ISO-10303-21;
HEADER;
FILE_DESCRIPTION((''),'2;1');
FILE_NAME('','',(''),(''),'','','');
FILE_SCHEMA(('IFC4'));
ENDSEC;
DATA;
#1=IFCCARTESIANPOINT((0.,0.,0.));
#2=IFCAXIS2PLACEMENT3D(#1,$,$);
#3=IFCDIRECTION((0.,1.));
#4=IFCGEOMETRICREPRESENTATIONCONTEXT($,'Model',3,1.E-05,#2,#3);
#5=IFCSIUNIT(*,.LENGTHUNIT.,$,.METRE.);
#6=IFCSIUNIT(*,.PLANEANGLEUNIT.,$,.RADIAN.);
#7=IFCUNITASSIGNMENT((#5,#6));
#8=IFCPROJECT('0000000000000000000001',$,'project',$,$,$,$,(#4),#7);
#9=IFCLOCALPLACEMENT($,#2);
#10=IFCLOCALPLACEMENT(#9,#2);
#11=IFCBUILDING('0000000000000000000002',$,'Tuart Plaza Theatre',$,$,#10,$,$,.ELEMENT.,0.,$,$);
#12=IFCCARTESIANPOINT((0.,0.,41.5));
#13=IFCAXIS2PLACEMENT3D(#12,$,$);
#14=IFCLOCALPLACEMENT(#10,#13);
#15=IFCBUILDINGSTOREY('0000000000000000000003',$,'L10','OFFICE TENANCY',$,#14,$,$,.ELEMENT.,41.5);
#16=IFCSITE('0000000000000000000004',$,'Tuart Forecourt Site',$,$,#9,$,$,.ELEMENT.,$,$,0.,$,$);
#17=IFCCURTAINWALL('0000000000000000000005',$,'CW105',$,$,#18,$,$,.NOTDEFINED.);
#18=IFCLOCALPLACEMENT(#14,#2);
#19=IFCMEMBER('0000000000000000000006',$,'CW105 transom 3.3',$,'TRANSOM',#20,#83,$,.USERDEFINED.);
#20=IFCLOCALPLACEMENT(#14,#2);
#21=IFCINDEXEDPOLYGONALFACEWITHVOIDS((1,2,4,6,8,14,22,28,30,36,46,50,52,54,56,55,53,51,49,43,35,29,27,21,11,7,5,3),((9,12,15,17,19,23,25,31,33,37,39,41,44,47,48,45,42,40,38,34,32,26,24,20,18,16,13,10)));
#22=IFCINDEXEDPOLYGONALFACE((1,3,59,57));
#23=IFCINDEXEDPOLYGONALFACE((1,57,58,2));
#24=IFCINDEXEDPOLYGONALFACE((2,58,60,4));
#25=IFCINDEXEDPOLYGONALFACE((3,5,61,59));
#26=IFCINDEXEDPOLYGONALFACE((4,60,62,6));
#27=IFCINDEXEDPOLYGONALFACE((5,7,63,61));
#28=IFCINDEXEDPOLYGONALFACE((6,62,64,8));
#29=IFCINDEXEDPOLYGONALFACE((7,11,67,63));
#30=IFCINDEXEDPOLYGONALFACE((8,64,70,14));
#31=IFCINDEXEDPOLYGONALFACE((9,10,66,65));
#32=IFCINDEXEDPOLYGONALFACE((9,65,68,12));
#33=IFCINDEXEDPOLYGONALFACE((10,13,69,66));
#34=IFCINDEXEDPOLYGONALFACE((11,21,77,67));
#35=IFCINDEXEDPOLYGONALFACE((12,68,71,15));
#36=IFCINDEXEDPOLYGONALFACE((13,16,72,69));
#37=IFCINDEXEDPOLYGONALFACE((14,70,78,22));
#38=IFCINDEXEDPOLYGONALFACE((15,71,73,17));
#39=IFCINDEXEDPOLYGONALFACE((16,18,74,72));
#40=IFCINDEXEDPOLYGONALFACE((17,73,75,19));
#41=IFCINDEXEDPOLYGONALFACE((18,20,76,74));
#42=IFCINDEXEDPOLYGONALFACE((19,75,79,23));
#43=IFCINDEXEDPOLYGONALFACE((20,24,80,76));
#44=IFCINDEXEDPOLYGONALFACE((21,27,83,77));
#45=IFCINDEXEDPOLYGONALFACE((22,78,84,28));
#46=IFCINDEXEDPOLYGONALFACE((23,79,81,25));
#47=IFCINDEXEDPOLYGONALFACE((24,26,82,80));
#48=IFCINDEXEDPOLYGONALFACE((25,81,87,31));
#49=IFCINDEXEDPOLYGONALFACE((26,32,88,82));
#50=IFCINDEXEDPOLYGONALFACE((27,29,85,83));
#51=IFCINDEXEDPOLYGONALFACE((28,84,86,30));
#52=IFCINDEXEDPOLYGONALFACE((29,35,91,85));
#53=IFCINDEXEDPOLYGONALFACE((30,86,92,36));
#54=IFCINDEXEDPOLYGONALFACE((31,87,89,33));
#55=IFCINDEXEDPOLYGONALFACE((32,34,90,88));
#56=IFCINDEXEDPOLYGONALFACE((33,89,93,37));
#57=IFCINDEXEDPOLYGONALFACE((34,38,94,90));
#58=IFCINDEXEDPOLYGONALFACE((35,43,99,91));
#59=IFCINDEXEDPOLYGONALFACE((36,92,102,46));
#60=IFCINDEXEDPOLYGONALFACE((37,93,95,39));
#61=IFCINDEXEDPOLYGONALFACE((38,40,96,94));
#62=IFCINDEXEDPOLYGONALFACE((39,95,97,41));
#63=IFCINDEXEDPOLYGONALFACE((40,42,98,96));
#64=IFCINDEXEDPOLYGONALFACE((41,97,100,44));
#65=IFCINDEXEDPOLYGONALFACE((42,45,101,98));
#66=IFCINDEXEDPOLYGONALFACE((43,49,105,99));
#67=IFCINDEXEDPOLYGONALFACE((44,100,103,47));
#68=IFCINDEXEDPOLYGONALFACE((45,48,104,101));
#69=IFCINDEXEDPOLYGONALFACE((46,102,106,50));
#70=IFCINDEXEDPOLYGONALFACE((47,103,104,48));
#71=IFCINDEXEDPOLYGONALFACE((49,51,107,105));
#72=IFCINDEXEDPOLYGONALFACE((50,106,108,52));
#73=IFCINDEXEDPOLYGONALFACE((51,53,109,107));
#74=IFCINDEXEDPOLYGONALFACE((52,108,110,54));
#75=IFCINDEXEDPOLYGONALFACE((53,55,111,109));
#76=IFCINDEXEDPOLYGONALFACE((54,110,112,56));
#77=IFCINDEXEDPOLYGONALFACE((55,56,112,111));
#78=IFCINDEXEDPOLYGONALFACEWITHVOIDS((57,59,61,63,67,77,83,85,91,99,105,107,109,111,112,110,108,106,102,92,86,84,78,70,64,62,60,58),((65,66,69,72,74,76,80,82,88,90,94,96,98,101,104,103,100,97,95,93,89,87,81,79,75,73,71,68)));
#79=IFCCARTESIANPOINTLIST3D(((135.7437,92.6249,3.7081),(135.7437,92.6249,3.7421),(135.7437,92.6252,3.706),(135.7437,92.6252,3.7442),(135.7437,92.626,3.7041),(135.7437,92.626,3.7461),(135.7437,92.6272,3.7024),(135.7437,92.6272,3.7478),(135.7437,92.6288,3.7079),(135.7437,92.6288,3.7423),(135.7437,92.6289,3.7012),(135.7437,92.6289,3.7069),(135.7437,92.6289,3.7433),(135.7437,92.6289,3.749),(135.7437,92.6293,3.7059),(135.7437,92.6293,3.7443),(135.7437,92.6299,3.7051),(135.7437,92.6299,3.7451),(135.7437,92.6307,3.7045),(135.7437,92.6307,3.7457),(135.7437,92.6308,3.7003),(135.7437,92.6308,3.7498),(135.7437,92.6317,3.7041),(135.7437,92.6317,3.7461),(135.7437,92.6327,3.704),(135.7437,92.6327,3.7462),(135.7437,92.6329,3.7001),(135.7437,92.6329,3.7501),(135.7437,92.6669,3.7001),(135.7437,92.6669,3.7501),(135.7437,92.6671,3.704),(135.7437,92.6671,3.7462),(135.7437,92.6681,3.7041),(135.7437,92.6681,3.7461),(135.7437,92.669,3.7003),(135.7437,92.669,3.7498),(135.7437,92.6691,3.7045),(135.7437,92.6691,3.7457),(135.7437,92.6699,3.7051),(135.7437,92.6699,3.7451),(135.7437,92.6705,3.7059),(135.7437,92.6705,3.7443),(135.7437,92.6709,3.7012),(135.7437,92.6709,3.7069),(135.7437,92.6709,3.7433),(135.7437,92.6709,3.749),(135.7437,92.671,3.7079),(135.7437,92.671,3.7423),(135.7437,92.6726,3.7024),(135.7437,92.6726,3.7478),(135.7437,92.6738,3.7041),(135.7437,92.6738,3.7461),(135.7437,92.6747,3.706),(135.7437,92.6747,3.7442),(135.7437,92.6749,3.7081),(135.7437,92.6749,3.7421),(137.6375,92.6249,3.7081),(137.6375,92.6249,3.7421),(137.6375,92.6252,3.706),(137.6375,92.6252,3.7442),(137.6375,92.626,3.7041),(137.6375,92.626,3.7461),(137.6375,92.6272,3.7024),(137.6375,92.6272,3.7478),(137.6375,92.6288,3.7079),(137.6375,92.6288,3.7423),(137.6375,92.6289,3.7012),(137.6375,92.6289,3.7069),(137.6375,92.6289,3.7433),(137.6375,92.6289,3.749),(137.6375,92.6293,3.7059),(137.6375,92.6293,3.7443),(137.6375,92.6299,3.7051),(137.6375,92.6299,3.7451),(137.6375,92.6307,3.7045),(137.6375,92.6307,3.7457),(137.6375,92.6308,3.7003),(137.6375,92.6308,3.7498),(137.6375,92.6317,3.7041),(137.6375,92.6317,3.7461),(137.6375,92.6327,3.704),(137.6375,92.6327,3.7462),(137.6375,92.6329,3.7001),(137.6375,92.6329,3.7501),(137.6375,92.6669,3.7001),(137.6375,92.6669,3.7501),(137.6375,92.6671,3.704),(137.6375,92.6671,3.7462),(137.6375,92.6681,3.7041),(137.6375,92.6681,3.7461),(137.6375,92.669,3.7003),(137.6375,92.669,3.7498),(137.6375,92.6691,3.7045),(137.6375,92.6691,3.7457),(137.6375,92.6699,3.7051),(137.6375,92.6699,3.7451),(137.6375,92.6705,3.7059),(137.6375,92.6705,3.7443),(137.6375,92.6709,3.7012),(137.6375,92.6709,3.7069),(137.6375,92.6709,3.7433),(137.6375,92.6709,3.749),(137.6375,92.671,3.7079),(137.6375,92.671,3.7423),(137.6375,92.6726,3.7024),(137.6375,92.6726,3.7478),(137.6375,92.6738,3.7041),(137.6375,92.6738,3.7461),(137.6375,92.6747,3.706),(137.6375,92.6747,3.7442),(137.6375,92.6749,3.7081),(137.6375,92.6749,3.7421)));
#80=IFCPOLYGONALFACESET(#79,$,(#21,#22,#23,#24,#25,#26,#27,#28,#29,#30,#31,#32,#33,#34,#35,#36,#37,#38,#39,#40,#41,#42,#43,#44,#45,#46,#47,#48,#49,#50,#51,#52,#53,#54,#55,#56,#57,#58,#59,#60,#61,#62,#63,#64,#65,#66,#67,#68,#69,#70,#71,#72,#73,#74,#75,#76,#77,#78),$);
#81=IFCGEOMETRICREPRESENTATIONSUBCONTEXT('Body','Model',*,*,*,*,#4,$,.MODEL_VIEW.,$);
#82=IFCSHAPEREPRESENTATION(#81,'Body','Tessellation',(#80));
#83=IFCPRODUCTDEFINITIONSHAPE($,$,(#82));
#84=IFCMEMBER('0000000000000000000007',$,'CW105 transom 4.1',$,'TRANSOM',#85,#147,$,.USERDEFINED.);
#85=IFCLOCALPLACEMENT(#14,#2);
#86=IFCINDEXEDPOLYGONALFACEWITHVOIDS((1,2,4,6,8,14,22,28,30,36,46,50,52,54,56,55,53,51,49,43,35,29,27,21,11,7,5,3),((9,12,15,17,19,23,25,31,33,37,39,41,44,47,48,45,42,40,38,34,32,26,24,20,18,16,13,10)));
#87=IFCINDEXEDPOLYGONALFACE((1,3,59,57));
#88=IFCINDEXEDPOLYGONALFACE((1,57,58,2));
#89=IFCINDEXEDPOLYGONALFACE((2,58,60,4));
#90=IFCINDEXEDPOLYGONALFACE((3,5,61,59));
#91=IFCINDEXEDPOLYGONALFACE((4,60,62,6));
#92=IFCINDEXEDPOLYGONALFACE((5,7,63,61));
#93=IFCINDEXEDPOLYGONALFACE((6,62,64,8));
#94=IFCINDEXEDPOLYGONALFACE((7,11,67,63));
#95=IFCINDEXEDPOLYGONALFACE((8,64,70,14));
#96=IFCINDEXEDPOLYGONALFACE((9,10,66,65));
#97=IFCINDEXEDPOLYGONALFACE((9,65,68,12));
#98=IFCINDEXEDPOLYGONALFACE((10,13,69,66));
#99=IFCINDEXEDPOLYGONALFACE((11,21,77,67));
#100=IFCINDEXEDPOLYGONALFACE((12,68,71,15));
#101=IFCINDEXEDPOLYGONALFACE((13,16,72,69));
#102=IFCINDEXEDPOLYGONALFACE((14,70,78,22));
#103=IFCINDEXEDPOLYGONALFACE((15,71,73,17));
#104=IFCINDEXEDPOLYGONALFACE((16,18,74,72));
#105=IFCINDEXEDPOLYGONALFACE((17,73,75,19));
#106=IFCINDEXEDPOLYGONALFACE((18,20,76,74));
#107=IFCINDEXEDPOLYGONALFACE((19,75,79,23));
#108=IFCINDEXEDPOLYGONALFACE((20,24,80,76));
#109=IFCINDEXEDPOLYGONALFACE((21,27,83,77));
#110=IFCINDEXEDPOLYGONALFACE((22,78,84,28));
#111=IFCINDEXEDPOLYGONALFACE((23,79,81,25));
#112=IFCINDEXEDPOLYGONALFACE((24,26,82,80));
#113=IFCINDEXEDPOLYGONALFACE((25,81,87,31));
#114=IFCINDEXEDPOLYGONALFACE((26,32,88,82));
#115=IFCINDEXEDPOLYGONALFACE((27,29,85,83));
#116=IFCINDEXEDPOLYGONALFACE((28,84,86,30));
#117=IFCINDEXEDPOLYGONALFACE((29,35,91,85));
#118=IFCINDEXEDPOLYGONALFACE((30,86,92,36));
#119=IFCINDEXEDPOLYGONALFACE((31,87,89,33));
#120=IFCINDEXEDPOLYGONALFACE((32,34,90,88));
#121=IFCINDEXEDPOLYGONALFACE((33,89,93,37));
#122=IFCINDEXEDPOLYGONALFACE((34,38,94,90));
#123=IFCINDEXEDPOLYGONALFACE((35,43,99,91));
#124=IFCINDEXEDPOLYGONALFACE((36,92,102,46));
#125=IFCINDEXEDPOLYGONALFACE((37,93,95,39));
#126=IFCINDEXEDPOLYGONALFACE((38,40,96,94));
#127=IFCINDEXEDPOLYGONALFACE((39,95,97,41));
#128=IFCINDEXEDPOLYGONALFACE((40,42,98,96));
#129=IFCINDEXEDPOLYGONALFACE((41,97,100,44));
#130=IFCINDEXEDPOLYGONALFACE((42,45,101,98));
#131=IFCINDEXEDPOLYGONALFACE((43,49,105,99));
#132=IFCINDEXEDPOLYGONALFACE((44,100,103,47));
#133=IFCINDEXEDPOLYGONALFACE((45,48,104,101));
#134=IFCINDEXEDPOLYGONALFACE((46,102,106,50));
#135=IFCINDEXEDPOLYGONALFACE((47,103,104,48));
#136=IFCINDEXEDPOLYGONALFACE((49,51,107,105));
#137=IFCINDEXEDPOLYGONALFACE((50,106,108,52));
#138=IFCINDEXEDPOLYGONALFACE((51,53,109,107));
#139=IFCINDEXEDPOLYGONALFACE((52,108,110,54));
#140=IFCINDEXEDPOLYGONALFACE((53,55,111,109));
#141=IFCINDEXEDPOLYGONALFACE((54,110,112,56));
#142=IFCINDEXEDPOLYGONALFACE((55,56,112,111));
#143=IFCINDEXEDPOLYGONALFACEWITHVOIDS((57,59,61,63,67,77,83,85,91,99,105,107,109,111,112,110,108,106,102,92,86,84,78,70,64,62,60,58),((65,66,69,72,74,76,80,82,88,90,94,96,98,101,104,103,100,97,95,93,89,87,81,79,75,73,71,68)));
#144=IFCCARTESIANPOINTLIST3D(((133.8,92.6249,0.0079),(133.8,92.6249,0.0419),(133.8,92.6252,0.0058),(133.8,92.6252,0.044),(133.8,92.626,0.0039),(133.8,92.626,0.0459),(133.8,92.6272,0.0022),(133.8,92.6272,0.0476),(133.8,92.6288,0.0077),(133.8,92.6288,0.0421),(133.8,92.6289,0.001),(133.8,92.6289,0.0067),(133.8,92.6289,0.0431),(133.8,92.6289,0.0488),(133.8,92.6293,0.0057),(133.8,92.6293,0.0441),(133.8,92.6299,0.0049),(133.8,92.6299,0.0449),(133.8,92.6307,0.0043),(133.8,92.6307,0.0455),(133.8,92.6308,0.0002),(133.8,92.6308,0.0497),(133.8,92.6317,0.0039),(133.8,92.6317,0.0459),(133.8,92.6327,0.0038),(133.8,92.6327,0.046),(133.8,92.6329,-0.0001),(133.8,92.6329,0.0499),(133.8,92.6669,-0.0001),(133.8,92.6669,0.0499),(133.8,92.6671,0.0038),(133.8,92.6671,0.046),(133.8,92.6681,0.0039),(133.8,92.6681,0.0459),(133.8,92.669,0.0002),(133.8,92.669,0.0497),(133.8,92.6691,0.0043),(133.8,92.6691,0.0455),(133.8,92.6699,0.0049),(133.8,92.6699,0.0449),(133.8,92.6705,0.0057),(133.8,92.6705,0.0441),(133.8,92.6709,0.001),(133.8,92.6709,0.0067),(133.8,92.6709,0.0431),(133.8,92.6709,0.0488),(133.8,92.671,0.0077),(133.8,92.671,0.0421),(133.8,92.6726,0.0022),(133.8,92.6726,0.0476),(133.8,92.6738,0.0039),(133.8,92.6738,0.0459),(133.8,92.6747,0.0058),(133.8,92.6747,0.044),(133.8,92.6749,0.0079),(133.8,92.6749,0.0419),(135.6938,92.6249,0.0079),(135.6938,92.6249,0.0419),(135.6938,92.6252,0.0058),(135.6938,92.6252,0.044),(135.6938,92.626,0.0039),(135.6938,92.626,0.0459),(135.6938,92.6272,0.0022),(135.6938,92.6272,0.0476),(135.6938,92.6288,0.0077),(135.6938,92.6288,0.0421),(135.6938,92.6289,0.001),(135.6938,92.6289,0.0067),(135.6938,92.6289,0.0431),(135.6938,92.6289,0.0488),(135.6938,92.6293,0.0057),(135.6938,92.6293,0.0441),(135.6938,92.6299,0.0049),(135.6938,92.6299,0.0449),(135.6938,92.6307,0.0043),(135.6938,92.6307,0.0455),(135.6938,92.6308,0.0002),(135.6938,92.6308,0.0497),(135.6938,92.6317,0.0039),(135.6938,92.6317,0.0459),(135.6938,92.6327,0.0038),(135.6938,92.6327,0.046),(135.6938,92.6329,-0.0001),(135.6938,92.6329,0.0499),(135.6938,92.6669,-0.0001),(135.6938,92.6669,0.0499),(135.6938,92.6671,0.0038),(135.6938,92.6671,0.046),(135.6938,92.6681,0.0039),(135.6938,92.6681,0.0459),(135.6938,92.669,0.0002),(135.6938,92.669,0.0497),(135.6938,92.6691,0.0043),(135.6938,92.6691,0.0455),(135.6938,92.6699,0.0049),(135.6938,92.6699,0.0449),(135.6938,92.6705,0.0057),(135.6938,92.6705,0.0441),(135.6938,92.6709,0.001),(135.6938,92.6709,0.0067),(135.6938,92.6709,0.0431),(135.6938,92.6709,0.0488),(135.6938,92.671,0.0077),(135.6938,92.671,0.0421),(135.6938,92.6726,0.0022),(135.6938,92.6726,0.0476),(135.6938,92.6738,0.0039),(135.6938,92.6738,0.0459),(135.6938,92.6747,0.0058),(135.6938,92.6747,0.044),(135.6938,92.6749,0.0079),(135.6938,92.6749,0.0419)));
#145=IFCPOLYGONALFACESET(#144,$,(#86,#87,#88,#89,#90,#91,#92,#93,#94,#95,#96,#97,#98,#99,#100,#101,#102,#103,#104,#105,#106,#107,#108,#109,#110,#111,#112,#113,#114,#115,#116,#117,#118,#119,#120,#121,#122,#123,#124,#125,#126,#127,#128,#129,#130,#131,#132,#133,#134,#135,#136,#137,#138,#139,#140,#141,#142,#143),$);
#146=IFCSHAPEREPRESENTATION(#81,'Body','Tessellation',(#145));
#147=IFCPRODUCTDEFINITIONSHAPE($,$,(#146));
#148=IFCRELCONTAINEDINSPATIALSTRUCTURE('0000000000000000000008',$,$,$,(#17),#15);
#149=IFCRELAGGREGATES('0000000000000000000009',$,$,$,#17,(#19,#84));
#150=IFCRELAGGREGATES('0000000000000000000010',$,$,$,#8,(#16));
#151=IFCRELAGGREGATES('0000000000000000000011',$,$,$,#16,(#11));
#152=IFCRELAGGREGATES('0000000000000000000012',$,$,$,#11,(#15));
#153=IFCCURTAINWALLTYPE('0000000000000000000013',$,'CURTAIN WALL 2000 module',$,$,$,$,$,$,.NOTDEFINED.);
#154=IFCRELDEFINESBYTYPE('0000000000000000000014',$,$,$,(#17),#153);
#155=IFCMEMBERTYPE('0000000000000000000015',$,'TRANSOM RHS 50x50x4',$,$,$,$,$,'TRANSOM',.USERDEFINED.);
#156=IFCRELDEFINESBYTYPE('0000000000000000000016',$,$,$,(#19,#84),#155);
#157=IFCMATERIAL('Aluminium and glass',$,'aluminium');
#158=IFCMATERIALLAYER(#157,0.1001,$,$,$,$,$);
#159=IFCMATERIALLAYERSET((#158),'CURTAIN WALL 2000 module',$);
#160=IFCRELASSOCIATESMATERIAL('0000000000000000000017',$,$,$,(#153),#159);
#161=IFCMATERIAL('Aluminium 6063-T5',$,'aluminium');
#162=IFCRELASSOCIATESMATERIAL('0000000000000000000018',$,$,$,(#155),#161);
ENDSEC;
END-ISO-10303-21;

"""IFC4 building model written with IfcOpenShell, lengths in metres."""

from ifc_helpers import new_model, si_unit, direction, frame, origin, origin_2d, place, context, subcontext, project, spatial, hollow_rectangle, extrude, material, layer, layer_set, material_profile, profile_set, type_object, element, aggregate, save


model = new_model("IFC4")

# Units and contexts
model_context = context("Model", 3, precision=1e-05, world=origin(), true_north=direction((0.0, 1.0)))
body_context = subcontext(model_context, "Body", "Model", "MODEL_VIEW")
ifc_project = project(units=[si_unit("LENGTHUNIT", "METRE"), si_unit("PLANEANGLEUNIT", "RADIAN")], contexts=[model_context])

# Site, building, storey
site_placement = place(None, origin())
site = spatial("IfcSite", under=ifc_project, at=site_placement, Name="Tuart Forecourt Site", CompositionType="ELEMENT", RefElevation=0.0)
building_placement = place(site_placement, origin())
building = spatial("IfcBuilding", under=site, at=building_placement, Name="Tuart Plaza Theatre", CompositionType="ELEMENT", ElevationOfRefHeight=0.0)
storey_placement = place(building_placement, frame((0.0, 0.0, 41.5)))
storey = spatial("IfcBuildingStorey", under=building, at=storey_placement, Name="L10", Description="OFFICE TENANCY", CompositionType="ELEMENT", Elevation=41.5)

# Curtain wall, members
ifc_material_1 = material(Name="Aluminium and glass", Category="aluminium")
ifc_layer_1 = layer(ifc_material_1, 0.1001)
ifc_layer_set_1 = layer_set([ifc_layer_1], Name="CURTAIN WALL 2000 module")
curtain_wall_type = type_object("IfcCurtainWallType", Name="CURTAIN WALL 2000 module", PredefinedType="NOTDEFINED", material=ifc_layer_set_1)
curtain_wall_placement = place(storey_placement, origin())
curtain_wall = element("IfcCurtainWall", 1, at=curtain_wall_placement, inside=storey, type_object=curtain_wall_type, Name="CW105", PredefinedType="NOTDEFINED")
ifc_material_2 = material(Name="Aluminium 6063-T5", Category="aluminium")
ifc_material_profile_1 = material_profile(ifc_material_2, hollow_rectangle(XDim=0.05, YDim=0.05, WallThickness=0.0039, InnerFilletRadius=0.0039, OuterFilletRadius=0.0081, at=origin_2d()), Name="RHS 50x50x4")
ifc_profile_set_1 = profile_set([ifc_material_profile_1], Name="Aluminium 6063-T5")
member_type_1 = type_object("IfcMemberType", Name="TRANSOM RHS 50x50x4", ElementType="TRANSOM", PredefinedType="USERDEFINED", material=ifc_profile_set_1)
member_1_placement = place(storey_placement, frame((137.6375, 92.6499, 3.7251), z_axis=(-1.0, 0.0, 0.0), x_axis=(0.0, -1.0, 0.0)))
member_1 = element("IfcMember", 2, at=member_1_placement, type_object=member_type_1, Name="CW105 transom 3.3", ObjectType="TRANSOM", PredefinedType="USERDEFINED", context=body_context, shape_type="SweptSolid", body=[
    extrude(hollow_rectangle(XDim=0.05, YDim=0.05, WallThickness=0.0039, InnerFilletRadius=0.0039, OuterFilletRadius=0.0081, at=origin_2d()), origin(), (0.0, 0.0, 1.0), 1.8938),
])
member_2_placement = place(storey_placement, frame((135.6938, 92.6499, 0.0249), z_axis=(-1.0, 0.0, 0.0), x_axis=(0.0, -1.0, 0.0)))
member_2 = element("IfcMember", 3, at=member_2_placement, type_object=member_type_1, Name="CW105 transom 4.1", ObjectType="TRANSOM", PredefinedType="USERDEFINED", context=body_context, shape_type="SweptSolid", body=[
    extrude(hollow_rectangle(XDim=0.05, YDim=0.05, WallThickness=0.0039, InnerFilletRadius=0.0039, OuterFilletRadius=0.0081, at=origin_2d()), origin(), (0.0, 0.0, 1.0), 1.8938),
])
aggregate(curtain_wall, [member_1, member_2])

save(model, "model.ifc")
